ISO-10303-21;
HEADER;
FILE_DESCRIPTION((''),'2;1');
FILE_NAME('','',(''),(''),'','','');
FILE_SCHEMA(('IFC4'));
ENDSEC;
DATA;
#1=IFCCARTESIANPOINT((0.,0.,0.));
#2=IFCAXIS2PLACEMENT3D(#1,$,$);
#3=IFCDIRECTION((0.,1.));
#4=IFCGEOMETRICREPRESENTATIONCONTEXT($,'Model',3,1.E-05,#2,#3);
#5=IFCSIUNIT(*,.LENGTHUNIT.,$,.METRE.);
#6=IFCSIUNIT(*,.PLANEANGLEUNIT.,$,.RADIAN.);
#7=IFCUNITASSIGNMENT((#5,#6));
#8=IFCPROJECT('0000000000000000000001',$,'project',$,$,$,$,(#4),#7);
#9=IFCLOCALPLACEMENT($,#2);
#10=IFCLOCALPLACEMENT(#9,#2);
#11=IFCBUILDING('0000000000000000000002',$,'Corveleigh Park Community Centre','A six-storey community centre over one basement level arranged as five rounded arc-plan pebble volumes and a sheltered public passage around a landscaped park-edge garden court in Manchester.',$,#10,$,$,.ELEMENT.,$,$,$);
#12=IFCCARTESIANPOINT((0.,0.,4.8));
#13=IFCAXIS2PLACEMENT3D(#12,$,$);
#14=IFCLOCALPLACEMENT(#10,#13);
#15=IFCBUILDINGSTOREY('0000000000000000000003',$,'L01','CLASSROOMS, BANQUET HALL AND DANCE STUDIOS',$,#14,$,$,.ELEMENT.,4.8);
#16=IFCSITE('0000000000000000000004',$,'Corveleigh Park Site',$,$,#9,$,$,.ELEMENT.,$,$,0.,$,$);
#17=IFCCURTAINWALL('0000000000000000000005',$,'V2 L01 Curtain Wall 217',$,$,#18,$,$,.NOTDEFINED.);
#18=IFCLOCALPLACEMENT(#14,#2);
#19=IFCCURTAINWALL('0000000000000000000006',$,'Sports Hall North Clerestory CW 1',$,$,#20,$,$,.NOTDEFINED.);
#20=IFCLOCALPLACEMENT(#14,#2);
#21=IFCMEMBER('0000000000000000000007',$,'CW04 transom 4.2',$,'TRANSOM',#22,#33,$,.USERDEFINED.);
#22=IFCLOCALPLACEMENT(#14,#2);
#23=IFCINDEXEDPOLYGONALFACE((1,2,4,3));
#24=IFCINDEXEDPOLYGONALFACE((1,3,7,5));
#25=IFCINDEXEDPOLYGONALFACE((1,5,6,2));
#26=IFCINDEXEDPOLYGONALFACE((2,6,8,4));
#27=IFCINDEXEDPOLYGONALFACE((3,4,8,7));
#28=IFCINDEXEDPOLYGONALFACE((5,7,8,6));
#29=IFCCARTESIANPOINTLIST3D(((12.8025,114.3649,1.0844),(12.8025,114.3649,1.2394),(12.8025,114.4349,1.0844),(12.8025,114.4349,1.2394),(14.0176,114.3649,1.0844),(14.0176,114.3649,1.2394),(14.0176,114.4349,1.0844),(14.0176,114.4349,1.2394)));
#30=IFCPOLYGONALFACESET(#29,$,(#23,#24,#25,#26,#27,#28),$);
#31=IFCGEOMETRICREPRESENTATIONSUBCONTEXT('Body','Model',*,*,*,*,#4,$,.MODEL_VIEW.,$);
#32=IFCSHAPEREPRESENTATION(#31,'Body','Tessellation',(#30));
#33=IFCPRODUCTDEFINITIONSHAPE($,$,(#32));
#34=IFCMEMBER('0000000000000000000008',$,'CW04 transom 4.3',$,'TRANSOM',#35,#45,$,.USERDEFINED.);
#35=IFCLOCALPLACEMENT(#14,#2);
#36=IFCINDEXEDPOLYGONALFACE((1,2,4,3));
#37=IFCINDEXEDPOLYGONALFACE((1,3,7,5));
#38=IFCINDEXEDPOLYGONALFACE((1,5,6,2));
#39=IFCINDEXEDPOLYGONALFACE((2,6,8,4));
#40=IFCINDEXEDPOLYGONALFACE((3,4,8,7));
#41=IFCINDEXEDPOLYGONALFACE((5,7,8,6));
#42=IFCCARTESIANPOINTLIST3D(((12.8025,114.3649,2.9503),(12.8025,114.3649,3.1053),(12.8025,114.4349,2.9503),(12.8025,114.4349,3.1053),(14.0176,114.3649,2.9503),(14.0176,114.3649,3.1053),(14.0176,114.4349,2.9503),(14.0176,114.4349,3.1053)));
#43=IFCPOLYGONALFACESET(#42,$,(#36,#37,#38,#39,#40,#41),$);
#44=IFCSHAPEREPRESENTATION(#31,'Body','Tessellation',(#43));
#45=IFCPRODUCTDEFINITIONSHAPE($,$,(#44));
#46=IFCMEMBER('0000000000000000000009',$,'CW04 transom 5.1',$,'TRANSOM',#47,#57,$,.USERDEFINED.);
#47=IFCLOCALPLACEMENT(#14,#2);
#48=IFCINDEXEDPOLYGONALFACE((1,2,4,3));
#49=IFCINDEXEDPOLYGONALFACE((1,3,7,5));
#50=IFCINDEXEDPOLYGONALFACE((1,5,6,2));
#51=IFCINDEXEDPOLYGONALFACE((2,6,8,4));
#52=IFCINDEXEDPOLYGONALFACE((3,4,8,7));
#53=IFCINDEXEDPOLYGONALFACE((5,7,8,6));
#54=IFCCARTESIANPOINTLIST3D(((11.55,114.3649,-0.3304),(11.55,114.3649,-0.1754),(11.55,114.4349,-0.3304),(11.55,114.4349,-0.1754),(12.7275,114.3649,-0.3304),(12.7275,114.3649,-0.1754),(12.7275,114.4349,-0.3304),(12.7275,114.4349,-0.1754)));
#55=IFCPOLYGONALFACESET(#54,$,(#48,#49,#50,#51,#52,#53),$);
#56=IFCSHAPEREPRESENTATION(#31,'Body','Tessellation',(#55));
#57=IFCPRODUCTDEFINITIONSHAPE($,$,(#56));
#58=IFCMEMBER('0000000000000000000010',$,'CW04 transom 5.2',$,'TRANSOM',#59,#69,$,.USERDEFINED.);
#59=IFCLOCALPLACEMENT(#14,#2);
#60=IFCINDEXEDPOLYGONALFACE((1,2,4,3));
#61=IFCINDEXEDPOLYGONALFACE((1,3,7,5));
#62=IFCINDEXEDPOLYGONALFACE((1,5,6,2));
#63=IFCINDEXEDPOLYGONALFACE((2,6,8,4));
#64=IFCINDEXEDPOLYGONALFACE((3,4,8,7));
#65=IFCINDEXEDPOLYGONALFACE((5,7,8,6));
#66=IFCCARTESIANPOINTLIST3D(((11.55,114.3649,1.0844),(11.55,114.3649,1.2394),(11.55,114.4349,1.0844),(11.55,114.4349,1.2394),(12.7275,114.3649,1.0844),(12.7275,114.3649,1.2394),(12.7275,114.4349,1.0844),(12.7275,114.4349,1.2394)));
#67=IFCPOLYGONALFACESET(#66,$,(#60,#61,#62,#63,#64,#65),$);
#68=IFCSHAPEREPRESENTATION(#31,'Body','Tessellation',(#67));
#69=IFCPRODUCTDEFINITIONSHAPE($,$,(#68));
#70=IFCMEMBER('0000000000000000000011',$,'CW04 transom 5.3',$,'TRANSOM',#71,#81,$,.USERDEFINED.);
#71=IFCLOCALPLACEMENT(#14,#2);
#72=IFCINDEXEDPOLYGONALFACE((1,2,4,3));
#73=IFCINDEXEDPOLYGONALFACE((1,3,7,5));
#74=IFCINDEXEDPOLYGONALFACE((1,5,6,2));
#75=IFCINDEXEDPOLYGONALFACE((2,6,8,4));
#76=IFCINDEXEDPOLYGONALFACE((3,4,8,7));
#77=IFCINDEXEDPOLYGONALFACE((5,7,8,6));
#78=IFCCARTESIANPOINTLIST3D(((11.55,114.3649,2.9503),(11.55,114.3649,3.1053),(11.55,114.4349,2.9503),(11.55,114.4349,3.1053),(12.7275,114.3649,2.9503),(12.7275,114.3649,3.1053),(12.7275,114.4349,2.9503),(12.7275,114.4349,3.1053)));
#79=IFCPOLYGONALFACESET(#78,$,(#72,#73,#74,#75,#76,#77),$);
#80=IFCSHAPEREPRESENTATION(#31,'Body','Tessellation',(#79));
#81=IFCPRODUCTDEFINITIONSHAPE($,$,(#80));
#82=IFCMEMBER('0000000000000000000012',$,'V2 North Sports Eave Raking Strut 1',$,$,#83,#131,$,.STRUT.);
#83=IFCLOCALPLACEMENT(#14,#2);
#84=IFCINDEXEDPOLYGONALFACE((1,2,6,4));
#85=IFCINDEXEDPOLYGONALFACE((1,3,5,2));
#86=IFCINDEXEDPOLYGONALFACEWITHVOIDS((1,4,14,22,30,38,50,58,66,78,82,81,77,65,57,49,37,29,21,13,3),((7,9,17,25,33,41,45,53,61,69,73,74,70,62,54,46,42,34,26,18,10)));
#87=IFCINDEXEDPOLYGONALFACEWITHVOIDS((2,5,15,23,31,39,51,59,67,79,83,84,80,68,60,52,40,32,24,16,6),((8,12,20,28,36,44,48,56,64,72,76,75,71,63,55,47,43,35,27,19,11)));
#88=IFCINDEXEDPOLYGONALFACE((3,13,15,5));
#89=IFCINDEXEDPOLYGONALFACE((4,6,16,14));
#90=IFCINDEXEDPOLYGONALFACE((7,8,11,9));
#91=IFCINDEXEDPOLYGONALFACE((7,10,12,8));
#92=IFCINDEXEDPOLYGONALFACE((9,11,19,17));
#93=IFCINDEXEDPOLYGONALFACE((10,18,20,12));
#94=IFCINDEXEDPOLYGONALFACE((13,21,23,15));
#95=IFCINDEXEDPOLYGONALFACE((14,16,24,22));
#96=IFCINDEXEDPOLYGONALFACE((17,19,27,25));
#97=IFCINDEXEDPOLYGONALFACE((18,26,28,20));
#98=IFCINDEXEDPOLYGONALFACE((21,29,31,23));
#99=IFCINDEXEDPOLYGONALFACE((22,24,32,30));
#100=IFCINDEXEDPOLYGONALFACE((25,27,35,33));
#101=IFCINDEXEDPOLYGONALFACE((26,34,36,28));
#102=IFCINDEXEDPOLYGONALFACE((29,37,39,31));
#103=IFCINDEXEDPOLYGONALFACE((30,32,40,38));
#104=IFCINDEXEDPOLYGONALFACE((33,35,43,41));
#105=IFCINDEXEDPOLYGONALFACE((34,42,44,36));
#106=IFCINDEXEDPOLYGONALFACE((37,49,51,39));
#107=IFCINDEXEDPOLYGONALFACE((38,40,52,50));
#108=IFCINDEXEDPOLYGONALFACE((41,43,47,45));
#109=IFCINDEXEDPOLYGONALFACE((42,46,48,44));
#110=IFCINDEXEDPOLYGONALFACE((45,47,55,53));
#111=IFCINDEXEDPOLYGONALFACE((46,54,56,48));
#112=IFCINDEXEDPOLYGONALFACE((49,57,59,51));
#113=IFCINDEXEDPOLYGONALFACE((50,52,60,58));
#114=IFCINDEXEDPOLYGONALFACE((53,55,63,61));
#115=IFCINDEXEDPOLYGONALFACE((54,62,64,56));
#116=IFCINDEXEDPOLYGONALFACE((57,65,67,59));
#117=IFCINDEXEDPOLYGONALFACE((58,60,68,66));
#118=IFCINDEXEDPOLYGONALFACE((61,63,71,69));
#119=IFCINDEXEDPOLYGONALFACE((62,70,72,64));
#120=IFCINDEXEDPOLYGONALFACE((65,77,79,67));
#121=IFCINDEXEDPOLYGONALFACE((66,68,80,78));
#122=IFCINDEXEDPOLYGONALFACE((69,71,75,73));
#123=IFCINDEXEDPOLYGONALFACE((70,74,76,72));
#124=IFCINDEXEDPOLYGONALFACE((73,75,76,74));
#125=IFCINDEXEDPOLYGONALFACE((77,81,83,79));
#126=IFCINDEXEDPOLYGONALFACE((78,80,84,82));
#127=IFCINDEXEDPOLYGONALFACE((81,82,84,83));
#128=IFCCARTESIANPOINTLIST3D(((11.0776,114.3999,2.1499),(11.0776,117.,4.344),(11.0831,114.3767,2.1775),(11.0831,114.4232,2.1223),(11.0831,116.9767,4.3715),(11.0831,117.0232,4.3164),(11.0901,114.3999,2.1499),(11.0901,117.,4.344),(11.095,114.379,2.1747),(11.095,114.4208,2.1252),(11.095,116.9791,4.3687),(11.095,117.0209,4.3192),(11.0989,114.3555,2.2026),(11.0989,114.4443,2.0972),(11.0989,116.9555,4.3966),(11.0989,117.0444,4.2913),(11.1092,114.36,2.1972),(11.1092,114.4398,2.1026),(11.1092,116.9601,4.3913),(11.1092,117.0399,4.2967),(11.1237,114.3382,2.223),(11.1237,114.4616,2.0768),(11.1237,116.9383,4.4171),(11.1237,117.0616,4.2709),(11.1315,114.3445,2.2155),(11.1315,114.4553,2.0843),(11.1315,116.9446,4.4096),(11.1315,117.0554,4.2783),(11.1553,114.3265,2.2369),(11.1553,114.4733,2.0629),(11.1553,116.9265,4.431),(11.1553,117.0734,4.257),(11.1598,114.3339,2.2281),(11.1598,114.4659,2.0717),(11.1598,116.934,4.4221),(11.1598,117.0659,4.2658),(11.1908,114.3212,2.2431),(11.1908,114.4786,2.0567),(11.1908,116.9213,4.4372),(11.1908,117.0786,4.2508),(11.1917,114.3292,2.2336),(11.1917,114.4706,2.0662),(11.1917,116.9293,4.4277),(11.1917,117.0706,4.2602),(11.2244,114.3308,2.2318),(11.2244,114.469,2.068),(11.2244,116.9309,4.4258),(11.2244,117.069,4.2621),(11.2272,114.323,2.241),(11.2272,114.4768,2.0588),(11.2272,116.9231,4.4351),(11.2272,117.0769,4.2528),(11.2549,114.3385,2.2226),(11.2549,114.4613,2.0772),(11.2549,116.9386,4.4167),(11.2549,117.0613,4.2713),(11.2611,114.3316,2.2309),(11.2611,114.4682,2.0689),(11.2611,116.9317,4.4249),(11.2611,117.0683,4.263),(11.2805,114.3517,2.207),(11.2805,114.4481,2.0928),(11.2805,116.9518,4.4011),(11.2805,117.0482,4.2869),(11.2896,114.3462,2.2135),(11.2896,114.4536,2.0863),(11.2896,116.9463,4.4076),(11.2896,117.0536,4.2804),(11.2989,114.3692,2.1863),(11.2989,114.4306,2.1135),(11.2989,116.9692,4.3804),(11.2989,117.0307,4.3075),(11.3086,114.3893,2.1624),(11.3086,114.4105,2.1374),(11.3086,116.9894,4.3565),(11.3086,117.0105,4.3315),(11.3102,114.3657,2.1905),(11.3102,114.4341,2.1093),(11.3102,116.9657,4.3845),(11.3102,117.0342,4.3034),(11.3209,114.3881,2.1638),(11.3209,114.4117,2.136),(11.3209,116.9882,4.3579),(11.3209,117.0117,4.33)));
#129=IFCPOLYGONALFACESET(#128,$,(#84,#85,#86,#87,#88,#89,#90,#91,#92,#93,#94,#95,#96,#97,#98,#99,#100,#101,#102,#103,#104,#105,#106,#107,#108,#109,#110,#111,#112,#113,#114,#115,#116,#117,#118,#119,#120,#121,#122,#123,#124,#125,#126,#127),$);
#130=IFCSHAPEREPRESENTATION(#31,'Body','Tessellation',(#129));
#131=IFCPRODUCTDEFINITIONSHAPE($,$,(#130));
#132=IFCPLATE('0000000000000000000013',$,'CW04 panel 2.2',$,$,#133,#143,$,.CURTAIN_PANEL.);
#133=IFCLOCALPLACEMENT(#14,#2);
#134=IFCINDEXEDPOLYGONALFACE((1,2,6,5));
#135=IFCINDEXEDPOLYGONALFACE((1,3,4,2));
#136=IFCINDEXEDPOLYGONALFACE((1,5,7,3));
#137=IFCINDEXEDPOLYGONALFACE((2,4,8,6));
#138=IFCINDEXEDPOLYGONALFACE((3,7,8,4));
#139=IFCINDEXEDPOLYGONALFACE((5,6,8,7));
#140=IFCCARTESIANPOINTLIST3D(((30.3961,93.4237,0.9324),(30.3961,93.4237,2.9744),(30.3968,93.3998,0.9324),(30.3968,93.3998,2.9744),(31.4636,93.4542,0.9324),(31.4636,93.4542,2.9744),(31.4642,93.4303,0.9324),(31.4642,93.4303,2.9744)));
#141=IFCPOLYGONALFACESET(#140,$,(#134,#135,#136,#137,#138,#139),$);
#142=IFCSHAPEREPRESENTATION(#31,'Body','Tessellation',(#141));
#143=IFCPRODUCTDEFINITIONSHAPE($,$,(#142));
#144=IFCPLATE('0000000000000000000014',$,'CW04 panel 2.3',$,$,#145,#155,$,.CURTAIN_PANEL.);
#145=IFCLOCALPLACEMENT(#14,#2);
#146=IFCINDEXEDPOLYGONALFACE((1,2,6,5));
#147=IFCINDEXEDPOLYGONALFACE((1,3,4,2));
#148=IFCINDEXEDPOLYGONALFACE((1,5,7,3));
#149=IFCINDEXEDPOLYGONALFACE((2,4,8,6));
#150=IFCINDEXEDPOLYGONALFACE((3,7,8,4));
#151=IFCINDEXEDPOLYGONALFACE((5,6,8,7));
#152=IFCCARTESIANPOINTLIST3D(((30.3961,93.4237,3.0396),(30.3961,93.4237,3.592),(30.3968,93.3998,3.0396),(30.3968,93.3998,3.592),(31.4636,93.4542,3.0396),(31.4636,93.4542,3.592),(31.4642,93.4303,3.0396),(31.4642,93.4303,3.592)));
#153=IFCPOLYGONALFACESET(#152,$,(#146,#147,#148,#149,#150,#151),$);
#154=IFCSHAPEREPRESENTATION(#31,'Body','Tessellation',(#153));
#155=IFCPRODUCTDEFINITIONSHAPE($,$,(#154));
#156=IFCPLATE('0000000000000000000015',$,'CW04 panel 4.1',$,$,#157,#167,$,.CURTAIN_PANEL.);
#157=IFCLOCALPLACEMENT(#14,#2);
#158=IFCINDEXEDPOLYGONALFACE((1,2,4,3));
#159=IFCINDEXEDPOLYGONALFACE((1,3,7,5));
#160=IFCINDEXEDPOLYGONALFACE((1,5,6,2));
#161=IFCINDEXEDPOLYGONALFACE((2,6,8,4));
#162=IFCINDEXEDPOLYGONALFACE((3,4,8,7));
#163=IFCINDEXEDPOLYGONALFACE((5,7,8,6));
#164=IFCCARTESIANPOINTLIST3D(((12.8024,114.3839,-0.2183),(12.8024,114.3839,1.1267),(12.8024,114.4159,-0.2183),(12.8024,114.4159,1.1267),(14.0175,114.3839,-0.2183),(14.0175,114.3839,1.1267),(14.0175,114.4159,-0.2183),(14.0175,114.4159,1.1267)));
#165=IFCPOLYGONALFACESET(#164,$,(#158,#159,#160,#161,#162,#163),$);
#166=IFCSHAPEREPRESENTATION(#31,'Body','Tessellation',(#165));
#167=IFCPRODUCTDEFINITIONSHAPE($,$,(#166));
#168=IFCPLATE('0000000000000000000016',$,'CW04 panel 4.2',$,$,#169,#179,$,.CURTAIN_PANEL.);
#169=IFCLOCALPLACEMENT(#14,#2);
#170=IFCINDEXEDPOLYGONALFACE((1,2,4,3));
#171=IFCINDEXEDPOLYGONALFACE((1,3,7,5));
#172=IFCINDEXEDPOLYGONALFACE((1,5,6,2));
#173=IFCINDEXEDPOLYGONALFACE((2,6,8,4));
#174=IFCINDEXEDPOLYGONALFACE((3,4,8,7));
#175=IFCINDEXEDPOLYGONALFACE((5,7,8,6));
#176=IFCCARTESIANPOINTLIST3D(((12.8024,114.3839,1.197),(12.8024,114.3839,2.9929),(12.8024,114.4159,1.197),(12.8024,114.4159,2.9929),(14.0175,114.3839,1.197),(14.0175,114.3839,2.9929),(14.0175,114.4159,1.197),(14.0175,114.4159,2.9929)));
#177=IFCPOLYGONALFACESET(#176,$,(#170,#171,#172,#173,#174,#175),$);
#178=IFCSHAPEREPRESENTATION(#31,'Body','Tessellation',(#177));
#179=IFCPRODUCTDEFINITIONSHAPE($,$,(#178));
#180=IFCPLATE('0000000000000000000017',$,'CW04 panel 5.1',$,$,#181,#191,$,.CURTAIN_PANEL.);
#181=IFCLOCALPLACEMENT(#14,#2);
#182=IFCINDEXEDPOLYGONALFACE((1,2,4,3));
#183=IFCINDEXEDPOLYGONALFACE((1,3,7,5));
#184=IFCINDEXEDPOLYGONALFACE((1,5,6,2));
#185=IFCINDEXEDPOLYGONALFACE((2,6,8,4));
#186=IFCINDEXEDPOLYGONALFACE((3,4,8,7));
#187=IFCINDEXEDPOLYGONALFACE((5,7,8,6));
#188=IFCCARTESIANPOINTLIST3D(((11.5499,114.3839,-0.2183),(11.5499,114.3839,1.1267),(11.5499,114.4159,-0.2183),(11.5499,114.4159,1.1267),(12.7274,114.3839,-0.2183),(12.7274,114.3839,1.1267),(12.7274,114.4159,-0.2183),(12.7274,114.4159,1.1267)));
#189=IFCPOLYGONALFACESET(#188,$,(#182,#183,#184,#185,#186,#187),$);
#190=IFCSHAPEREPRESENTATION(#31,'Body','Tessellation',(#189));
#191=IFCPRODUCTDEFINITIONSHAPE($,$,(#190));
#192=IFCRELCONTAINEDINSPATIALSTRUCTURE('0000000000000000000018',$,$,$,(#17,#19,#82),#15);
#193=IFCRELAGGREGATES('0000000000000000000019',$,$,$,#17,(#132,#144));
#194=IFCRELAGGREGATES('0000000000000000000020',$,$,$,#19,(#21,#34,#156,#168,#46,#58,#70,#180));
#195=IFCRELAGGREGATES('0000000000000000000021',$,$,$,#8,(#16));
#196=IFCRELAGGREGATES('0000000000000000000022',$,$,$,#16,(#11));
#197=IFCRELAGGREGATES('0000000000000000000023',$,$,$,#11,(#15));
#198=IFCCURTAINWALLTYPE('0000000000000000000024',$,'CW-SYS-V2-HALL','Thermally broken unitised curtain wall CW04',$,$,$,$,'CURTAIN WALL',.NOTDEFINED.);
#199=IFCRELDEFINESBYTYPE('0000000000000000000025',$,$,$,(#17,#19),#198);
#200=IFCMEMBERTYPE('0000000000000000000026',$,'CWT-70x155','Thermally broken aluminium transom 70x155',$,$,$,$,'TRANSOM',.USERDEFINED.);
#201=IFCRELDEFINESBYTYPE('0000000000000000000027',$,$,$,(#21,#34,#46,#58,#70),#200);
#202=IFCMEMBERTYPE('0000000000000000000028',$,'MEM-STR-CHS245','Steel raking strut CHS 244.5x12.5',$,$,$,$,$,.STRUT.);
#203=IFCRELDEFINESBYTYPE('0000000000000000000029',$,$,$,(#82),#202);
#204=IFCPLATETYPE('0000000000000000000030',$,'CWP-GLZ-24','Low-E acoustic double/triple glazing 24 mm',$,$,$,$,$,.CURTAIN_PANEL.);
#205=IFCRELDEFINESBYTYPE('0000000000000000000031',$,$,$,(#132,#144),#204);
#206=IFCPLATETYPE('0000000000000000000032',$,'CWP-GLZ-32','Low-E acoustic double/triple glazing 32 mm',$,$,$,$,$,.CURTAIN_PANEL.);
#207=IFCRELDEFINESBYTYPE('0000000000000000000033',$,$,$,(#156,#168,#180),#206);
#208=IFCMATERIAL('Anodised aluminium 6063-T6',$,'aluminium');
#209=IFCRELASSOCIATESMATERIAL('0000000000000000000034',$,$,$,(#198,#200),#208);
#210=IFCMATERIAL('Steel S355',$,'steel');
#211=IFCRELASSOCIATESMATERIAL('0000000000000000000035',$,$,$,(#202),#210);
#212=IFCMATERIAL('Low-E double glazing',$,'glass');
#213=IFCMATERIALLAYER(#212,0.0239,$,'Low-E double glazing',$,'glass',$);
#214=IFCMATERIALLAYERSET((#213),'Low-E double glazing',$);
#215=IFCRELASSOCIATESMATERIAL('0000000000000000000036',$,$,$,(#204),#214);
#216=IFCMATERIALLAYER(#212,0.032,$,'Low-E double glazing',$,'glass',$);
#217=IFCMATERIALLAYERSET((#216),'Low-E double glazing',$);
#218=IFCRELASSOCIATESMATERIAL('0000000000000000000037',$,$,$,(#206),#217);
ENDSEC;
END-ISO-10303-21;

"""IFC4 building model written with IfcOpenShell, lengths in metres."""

from ifc_helpers import new_model, si_unit, direction, frame, origin, origin_2d, place, context, subcontext, project, spatial, rectangle, hollow_circle, extrude, material, layer, layer_set, material_profile, profile_set, type_object, element, aggregate, save


model = new_model("IFC4")

# Units and contexts
model_context = context("Model", 3, precision=1e-05, world=origin(), true_north=direction((0.0, 1.0)))
body_context = subcontext(model_context, "Body", "Model", "MODEL_VIEW")
ifc_project = project(units=[si_unit("LENGTHUNIT", "METRE"), si_unit("PLANEANGLEUNIT", "RADIAN")], contexts=[model_context])

# Site, building, storey
site_placement = place(None, origin())
site = spatial("IfcSite", under=ifc_project, at=site_placement, Name="Corveleigh Park Site", CompositionType="ELEMENT", RefElevation=0.0)
building_placement = place(site_placement, origin())
building = spatial("IfcBuilding", under=site, at=building_placement, Name="Corveleigh Park Community Centre", Description="A six-storey community centre over one basement level arranged as five rounded arc-plan pebble volumes and a sheltered public passage around a landscaped park-edge garden court in Manchester.", CompositionType="ELEMENT")
storey_placement = place(building_placement, frame((0.0, 0.0, 4.8)))
storey = spatial("IfcBuildingStorey", under=building, at=storey_placement, Name="L01", Description="CLASSROOMS, BANQUET HALL AND DANCE STUDIOS", CompositionType="ELEMENT", Elevation=4.8)

# Shared definitions
ifc_material_1 = material(Name="Steel S355", Category="steel")

# Curtain wall
ifc_material_2 = material(Name="Anodised aluminium 6063-T6", Category="aluminium")
curtain_wall_type = type_object("IfcCurtainWallType", Name="CW-SYS-V2-HALL", Description="Thermally broken unitised curtain wall CW04", ElementType="CURTAIN WALL", PredefinedType="NOTDEFINED", material=ifc_material_2)
curtain_wall_1_placement = place(storey_placement, origin())
curtain_wall_1 = element("IfcCurtainWall", 1, at=curtain_wall_1_placement, inside=storey, type_object=curtain_wall_type, Name="V2 L01 Curtain Wall 217", PredefinedType="NOTDEFINED")

# Curtain wall
curtain_wall_2_placement = place(storey_placement, origin())
curtain_wall_2 = element("IfcCurtainWall", 2, at=curtain_wall_2_placement, inside=storey, type_object=curtain_wall_type, Name="Sports Hall North Clerestory CW 1", PredefinedType="NOTDEFINED")

# Members
ifc_material_profile_1 = material_profile(ifc_material_2, rectangle(XDim=0.0701, YDim=0.155, at=origin_2d()), Name="ALU-T70x155", Category="aluminium")
ifc_profile_set_1 = profile_set([ifc_material_profile_1], Name="Anodised aluminium 6063-T6")
member_type_1 = type_object("IfcMemberType", Name="CWT-70x155", Description="Thermally broken aluminium transom 70x155", ElementType="TRANSOM", PredefinedType="USERDEFINED", material=ifc_profile_set_1)
member_1_placement = place(storey_placement, frame((14.0176, 114.3999, 1.1619), z_axis=(-1.0, 0.0, 0.0), x_axis=(0.0, -1.0, 0.0)))
member_1 = element("IfcMember", 3, at=member_1_placement, type_object=member_type_1, Name="CW04 transom 4.2", ObjectType="TRANSOM", PredefinedType="USERDEFINED", context=body_context, shape_type="SweptSolid", body=[
    extrude(rectangle(XDim=0.0701, YDim=0.155, at=origin_2d()), origin(), (0.0, 0.0, 1.0), 1.2151),
])
member_2_placement = place(storey_placement, frame((14.0176, 114.3999, 3.0278), z_axis=(-1.0, 0.0, 0.0), x_axis=(0.0, -1.0, 0.0)))
member_2 = element("IfcMember", 4, at=member_2_placement, type_object=member_type_1, Name="CW04 transom 4.3", ObjectType="TRANSOM", PredefinedType="USERDEFINED", context=body_context, shape_type="SweptSolid", body=[
    extrude(rectangle(XDim=0.0701, YDim=0.155, at=origin_2d()), origin(), (0.0, 0.0, 1.0), 1.2151),
])
member_3_placement = place(storey_placement, frame((12.7275, 114.3999, -0.2529), z_axis=(-1.0, 0.0, 0.0), x_axis=(0.0, -1.0, 0.0)))
member_3 = element("IfcMember", 5, at=member_3_placement, type_object=member_type_1, Name="CW04 transom 5.1", ObjectType="TRANSOM", PredefinedType="USERDEFINED", context=body_context, shape_type="SweptSolid", body=[
    extrude(rectangle(XDim=0.0701, YDim=0.155, at=origin_2d()), origin(), (0.0, 0.0, 1.0), 1.1775),
])
member_4_placement = place(storey_placement, frame((12.7275, 114.3999, 1.1619), z_axis=(-1.0, 0.0, 0.0), x_axis=(0.0, -1.0, 0.0)))
member_4 = element("IfcMember", 6, at=member_4_placement, type_object=member_type_1, Name="CW04 transom 5.2", ObjectType="TRANSOM", PredefinedType="USERDEFINED", context=body_context, shape_type="SweptSolid", body=[
    extrude(rectangle(XDim=0.0701, YDim=0.155, at=origin_2d()), origin(), (0.0, 0.0, 1.0), 1.1775),
])
member_5_placement = place(storey_placement, frame((12.7275, 114.3999, 3.0278), z_axis=(-1.0, 0.0, 0.0), x_axis=(0.0, -1.0, 0.0)))
member_5 = element("IfcMember", 7, at=member_5_placement, type_object=member_type_1, Name="CW04 transom 5.3", ObjectType="TRANSOM", PredefinedType="USERDEFINED", context=body_context, shape_type="SweptSolid", body=[
    extrude(rectangle(XDim=0.0701, YDim=0.155, at=origin_2d()), origin(), (0.0, 0.0, 1.0), 1.1775),
])
ifc_material_profile_2 = material_profile(ifc_material_1, hollow_circle(Radius=0.1223, WallThickness=0.0125, at=origin_2d()), Name="CHS 244.5x12.5", Category="steel")
ifc_profile_set_2 = profile_set([ifc_material_profile_2], Name="Steel S355")
member_type_2 = type_object("IfcMemberType", Name="MEM-STR-CHS245", Description="Steel raking strut CHS 244.5x12.5", PredefinedType="STRUT", material=ifc_profile_set_2)
member_6_placement = place(storey_placement, frame((11.2, 114.3999, 2.1499), z_axis=(0.0, 0.764254, 0.644915), x_axis=(-1.0, 0.0, 0.0)))
element("IfcMember", 8, at=member_6_placement, inside=storey, type_object=member_type_2, Name="V2 North Sports Eave Raking Strut 1", PredefinedType="STRUT", context=body_context, shape_type="SweptSolid", body=[
    extrude(hollow_circle(Radius=0.1223, WallThickness=0.0125, at=origin_2d()), origin(), (0.0, 0.0, 1.0), 3.4021),
])

# Plates
ifc_material_3 = material(Name="Low-E double glazing", Category="glass")
ifc_layer_1 = layer(ifc_material_3, 0.0239, Name="Low-E double glazing", Category="glass")
ifc_layer_set_1 = layer_set([ifc_layer_1], Name="Low-E double glazing")
plate_type_1 = type_object("IfcPlateType", Name="CWP-GLZ-24", Description="Low-E acoustic double/triple glazing 24 mm", PredefinedType="CURTAIN_PANEL", material=ifc_layer_set_1)
plate_1_placement = place(storey_placement, frame((30.9302, 93.427, 0.9324), z_axis=(0.0, 0.0, 1.0), x_axis=(0.999594, 0.028498, 0.0)))
plate_1 = element("IfcPlate", 9, at=plate_1_placement, type_object=plate_type_1, Name="CW04 panel 2.2", PredefinedType="CURTAIN_PANEL", context=body_context, shape_type="SweptSolid", body=[
    extrude(rectangle(XDim=1.0679, YDim=0.0239, at=origin_2d()), origin(), (0.0, 0.0, 1.0), 2.042),
])
plate_2_placement = place(storey_placement, frame((30.9302, 93.427, 3.0396), z_axis=(0.0, 0.0, 1.0), x_axis=(0.999594, 0.028498, 0.0)))
plate_2 = element("IfcPlate", 10, at=plate_2_placement, type_object=plate_type_1, Name="CW04 panel 2.3", PredefinedType="CURTAIN_PANEL", context=body_context, shape_type="SweptSolid", body=[
    extrude(rectangle(XDim=1.0679, YDim=0.0239, at=origin_2d()), origin(), (0.0, 0.0, 1.0), 0.5525),
])
aggregate(curtain_wall_1, [plate_1, plate_2])
ifc_layer_2 = layer(ifc_material_3, 0.032, Name="Low-E double glazing", Category="glass")
ifc_layer_set_2 = layer_set([ifc_layer_2], Name="Low-E double glazing")
plate_type_2 = type_object("IfcPlateType", Name="CWP-GLZ-32", Description="Low-E acoustic double/triple glazing 32 mm", PredefinedType="CURTAIN_PANEL", material=ifc_layer_set_2)
plate_3_placement = place(storey_placement, frame((13.4099, 114.3999, -0.2183), z_axis=(0.0, 0.0, 1.0), x_axis=(-1.0, 0.0, 0.0)))
plate_3 = element("IfcPlate", 11, at=plate_3_placement, type_object=plate_type_2, Name="CW04 panel 4.1", PredefinedType="CURTAIN_PANEL", context=body_context, shape_type="SweptSolid", body=[
    extrude(rectangle(XDim=1.2151, YDim=0.032, at=origin_2d()), origin(), (0.0, 0.0, 1.0), 1.345),
])
plate_4_placement = place(storey_placement, frame((13.4099, 114.3999, 1.197), z_axis=(0.0, 0.0, 1.0), x_axis=(-1.0, 0.0, 0.0)))
plate_4 = element("IfcPlate", 12, at=plate_4_placement, type_object=plate_type_2, Name="CW04 panel 4.2", PredefinedType="CURTAIN_PANEL", context=body_context, shape_type="SweptSolid", body=[
    extrude(rectangle(XDim=1.2151, YDim=0.032, at=origin_2d()), origin(), (0.0, 0.0, 1.0), 1.7959),
])
plate_5_placement = place(storey_placement, frame((12.1387, 114.3999, -0.2183), z_axis=(0.0, 0.0, 1.0), x_axis=(-1.0, 0.0, 0.0)))
plate_5 = element("IfcPlate", 13, at=plate_5_placement, type_object=plate_type_2, Name="CW04 panel 5.1", PredefinedType="CURTAIN_PANEL", context=body_context, shape_type="SweptSolid", body=[
    extrude(rectangle(XDim=1.1775, YDim=0.032, at=origin_2d()), origin(), (0.0, 0.0, 1.0), 1.345),
])
aggregate(curtain_wall_2, [member_1, member_2, plate_3, plate_4, member_3, member_4, member_5, plate_5])

save(model, "model.ifc")
